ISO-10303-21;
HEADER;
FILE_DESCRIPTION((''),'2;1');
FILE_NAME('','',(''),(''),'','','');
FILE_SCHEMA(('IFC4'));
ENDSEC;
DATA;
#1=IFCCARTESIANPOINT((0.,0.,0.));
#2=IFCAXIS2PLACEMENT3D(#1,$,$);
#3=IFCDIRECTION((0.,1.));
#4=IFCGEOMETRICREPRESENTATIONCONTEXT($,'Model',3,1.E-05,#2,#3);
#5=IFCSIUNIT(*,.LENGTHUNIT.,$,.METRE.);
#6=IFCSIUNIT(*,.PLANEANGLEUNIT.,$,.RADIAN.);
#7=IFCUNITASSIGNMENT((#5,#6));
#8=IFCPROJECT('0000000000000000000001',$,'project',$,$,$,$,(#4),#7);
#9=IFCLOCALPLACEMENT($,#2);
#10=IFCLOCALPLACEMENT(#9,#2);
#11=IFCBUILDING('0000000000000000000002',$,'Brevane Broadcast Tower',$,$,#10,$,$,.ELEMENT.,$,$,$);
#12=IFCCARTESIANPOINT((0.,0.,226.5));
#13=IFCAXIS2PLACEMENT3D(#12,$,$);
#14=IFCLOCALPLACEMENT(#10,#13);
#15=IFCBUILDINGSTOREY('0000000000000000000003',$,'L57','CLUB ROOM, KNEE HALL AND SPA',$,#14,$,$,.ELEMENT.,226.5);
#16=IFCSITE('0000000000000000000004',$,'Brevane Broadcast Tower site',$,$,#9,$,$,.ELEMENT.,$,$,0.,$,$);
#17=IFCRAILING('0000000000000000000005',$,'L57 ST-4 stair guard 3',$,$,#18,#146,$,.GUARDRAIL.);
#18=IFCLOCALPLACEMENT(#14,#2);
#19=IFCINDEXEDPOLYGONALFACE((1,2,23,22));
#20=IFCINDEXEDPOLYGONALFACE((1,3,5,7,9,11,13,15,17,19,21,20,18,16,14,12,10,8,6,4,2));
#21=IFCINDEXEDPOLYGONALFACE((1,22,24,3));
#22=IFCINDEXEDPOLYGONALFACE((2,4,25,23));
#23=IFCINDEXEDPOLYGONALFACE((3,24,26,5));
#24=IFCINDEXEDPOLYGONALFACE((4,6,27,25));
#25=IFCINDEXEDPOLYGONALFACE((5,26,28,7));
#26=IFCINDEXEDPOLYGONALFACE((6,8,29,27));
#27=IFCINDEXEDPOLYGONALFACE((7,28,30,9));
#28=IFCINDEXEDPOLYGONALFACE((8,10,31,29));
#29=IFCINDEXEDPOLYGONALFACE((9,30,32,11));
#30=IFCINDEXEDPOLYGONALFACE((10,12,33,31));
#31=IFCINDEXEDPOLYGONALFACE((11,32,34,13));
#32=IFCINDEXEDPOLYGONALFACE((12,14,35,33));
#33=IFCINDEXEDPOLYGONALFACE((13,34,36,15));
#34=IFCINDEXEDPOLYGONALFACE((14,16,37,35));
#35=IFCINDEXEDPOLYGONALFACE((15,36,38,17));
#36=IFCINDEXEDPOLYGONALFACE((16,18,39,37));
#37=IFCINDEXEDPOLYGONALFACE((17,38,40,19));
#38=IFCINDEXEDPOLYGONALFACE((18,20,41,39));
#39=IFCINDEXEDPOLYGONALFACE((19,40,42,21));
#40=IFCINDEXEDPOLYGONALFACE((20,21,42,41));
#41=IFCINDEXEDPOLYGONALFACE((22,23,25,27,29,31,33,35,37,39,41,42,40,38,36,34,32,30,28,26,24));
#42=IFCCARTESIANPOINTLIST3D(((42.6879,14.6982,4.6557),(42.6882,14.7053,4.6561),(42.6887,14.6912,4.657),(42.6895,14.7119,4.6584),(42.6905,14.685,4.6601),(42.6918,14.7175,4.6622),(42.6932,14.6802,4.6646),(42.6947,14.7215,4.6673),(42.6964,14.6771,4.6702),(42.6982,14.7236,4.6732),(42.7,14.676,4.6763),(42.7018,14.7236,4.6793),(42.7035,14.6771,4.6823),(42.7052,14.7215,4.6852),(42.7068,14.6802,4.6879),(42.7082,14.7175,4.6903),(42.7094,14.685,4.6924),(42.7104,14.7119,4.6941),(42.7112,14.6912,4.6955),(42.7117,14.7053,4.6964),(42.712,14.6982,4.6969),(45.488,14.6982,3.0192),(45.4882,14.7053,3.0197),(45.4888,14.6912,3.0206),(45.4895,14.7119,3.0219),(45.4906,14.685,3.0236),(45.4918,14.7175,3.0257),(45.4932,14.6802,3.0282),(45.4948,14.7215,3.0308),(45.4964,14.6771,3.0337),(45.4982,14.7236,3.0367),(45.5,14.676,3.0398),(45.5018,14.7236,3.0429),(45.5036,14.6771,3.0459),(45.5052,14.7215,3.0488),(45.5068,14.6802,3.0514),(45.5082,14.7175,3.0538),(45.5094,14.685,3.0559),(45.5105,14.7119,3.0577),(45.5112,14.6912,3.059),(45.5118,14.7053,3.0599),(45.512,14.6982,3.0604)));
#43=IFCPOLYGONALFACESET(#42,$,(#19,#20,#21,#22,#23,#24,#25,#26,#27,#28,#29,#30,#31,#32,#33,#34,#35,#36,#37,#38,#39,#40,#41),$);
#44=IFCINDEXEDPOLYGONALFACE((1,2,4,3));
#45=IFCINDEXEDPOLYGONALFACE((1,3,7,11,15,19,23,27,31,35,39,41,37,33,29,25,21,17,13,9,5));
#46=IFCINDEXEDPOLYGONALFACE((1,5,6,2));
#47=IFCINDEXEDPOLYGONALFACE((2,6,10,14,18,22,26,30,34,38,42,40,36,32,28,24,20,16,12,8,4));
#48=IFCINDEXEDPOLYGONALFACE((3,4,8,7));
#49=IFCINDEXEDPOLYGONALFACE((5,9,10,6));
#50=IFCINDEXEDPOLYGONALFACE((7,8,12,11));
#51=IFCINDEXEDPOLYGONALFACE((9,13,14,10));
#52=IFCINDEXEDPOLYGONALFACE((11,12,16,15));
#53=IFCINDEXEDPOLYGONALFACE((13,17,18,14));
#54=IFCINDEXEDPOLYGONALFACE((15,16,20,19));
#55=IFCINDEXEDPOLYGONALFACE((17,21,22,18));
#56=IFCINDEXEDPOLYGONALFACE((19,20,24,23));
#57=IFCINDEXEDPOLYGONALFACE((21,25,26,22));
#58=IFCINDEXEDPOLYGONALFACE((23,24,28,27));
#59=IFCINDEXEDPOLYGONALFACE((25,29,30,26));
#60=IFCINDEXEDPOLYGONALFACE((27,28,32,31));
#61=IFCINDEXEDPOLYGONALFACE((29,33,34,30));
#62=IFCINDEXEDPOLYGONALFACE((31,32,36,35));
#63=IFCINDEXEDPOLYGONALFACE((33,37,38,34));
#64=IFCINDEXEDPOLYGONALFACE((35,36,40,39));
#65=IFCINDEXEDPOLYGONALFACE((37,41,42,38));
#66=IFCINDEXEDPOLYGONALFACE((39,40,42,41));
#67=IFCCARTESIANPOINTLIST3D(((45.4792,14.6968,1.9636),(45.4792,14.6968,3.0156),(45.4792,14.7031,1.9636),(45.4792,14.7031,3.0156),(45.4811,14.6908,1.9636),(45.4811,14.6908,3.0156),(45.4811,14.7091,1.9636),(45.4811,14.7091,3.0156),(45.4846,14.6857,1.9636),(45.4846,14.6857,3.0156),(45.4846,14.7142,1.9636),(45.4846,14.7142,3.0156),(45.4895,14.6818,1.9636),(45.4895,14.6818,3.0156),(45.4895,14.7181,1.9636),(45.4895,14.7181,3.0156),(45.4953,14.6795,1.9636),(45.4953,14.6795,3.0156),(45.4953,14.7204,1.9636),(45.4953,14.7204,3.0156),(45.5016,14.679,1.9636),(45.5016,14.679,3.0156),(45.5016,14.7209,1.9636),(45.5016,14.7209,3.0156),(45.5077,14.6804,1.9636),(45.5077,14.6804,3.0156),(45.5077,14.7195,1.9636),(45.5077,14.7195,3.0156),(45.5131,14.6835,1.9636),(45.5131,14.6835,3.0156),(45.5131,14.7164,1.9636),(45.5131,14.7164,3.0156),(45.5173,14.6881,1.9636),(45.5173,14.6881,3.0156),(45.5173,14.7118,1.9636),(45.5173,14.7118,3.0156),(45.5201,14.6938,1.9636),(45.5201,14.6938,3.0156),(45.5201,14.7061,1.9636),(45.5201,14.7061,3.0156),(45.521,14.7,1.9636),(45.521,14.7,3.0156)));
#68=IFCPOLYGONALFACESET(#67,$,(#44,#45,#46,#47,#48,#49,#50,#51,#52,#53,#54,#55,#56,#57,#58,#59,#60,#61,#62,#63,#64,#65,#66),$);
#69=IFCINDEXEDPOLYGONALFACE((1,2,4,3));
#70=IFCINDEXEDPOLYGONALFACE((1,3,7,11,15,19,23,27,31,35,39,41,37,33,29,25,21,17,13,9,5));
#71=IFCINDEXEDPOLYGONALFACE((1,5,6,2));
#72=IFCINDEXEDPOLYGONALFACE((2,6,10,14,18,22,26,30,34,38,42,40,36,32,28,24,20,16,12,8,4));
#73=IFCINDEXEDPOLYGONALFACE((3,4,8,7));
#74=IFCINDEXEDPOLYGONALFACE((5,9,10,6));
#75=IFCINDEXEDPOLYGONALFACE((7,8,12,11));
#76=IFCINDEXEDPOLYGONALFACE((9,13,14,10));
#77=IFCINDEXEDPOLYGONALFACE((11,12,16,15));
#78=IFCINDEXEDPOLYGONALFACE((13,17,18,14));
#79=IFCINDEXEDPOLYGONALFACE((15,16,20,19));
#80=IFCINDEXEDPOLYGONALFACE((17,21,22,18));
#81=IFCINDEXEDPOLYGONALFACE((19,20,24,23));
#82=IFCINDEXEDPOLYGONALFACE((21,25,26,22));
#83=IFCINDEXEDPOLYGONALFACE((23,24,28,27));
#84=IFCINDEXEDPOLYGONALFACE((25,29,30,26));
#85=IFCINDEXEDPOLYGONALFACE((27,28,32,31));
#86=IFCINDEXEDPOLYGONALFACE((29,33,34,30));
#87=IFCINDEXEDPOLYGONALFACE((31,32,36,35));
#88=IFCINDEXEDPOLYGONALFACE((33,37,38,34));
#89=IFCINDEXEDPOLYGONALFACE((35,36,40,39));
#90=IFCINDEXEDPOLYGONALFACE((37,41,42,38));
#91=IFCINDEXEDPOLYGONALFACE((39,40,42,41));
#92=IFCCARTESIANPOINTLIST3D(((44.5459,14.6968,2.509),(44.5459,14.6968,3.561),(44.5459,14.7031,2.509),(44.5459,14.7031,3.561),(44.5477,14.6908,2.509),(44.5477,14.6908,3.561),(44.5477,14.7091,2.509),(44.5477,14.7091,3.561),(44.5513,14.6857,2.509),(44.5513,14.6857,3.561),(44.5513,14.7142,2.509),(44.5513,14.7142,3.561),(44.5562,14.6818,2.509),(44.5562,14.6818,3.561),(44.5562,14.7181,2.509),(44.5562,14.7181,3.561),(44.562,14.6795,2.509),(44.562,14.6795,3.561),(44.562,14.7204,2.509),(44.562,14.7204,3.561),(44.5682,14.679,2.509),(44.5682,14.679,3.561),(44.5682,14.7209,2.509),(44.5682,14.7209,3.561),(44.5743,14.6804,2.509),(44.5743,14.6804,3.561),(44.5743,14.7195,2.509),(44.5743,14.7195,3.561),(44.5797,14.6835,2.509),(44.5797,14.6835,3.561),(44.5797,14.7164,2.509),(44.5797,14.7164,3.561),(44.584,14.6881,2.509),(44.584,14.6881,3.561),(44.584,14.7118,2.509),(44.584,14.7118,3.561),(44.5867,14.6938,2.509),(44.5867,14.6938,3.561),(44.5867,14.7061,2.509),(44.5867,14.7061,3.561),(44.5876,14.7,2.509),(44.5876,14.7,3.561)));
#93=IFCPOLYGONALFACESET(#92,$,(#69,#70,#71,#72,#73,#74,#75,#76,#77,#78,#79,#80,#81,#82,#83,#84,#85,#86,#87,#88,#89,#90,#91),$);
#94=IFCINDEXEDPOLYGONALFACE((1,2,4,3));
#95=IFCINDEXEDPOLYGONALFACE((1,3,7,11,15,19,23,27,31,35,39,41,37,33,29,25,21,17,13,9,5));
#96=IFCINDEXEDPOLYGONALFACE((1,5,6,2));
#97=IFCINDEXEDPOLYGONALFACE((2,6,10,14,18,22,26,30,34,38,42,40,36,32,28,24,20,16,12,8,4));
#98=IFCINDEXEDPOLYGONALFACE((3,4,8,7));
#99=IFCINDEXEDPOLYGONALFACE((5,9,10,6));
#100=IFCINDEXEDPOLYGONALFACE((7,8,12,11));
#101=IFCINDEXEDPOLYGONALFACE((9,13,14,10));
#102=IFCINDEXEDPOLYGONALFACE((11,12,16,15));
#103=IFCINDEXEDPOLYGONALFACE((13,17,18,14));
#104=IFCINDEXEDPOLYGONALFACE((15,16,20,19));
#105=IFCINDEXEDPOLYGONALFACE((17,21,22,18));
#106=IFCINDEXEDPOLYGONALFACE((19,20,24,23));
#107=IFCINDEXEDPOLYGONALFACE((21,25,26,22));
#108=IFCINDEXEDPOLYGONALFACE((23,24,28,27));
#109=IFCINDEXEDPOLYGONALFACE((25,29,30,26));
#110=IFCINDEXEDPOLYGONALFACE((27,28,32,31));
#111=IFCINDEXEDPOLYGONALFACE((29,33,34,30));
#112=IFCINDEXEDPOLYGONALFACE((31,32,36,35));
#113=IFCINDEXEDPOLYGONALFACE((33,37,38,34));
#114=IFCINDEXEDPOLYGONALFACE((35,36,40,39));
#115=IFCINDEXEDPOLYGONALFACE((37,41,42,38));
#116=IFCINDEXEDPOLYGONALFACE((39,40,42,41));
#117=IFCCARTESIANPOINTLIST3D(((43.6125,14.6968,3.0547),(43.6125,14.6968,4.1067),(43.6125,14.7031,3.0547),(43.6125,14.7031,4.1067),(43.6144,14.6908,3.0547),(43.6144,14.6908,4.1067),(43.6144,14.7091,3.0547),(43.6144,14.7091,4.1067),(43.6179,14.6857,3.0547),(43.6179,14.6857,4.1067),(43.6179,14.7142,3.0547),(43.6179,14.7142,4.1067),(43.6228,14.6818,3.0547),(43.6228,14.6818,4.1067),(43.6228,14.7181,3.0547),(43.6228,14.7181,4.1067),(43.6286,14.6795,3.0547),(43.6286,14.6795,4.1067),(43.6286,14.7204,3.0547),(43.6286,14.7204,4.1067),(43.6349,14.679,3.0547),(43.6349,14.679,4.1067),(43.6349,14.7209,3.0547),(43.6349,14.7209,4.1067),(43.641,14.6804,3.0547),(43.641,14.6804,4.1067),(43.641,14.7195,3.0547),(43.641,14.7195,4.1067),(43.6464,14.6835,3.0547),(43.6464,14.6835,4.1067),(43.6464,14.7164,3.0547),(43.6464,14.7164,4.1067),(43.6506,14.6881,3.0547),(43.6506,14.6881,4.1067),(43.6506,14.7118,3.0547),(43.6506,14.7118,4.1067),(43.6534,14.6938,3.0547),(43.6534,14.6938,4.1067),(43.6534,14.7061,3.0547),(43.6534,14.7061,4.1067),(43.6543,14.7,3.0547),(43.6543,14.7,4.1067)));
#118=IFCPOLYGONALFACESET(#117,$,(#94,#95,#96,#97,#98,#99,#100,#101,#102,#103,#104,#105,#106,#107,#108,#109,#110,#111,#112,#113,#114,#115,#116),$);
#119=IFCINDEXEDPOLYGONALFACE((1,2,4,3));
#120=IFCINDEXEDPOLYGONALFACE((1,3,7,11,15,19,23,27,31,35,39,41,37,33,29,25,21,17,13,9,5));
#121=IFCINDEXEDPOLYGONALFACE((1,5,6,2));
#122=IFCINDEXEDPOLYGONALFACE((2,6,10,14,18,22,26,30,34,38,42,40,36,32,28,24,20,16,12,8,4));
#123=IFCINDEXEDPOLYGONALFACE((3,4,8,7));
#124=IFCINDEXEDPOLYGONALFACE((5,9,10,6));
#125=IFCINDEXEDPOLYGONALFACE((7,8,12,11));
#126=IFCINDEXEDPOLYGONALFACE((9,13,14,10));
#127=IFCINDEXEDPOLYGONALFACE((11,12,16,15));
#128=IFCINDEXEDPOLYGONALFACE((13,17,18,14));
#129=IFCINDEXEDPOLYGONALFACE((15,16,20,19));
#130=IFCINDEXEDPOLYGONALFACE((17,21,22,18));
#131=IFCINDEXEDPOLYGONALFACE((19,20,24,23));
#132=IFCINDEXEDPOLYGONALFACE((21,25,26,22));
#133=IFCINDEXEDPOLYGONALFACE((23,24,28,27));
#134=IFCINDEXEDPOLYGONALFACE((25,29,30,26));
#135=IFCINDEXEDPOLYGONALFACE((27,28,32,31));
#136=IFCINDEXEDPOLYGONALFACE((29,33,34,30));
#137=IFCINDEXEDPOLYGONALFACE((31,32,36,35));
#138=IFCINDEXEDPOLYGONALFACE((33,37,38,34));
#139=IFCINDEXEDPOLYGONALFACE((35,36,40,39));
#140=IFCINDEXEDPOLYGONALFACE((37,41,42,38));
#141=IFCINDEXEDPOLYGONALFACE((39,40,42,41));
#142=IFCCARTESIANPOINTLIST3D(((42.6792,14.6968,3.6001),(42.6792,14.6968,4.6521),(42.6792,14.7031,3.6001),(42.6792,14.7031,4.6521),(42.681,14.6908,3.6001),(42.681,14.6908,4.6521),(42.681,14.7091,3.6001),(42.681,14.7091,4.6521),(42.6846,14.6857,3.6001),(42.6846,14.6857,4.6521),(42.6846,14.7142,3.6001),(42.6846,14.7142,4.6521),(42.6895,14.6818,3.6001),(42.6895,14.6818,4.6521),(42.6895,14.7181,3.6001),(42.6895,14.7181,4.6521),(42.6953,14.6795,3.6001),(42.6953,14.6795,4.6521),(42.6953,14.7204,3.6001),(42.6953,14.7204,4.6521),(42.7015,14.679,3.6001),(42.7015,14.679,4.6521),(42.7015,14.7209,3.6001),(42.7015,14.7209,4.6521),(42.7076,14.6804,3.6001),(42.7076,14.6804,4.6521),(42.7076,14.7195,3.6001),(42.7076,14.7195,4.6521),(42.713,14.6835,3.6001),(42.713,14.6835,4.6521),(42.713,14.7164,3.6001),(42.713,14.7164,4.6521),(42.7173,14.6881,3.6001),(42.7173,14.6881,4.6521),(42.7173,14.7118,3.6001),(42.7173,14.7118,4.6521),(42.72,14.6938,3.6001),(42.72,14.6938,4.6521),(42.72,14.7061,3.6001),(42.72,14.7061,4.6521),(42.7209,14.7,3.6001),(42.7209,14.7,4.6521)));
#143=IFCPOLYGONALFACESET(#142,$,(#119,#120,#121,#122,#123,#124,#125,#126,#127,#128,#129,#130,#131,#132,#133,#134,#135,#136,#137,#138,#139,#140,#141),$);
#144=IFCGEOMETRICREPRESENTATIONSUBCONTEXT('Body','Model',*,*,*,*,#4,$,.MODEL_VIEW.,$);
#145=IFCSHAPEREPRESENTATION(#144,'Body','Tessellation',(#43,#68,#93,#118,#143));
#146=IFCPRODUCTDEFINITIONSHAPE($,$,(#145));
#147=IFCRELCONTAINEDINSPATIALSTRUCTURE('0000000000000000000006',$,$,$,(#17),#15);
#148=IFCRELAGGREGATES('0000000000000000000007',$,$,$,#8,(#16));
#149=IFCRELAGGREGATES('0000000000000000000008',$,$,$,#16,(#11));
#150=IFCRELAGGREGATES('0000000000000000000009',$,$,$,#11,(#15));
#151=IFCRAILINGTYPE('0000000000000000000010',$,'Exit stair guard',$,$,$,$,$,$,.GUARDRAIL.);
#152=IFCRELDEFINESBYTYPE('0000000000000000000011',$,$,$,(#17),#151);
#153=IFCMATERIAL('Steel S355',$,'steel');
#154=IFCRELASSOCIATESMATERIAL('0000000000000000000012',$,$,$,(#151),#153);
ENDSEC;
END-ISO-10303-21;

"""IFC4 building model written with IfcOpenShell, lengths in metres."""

from ifc_helpers import new_model, si_unit, direction, frame, origin, origin_2d, place, context, subcontext, project, spatial, circle, extrude, material, type_object, element, save


model = new_model("IFC4")

# Units and contexts
model_context = context("Model", 3, precision=1e-05, world=origin(), true_north=direction((0.0, 1.0)))
body_context = subcontext(model_context, "Body", "Model", "MODEL_VIEW")
ifc_project = project(units=[si_unit("LENGTHUNIT", "METRE"), si_unit("PLANEANGLEUNIT", "RADIAN")], contexts=[model_context])

# Site, building, storey
site_placement = place(None, origin())
site = spatial("IfcSite", under=ifc_project, at=site_placement, Name="Brevane Broadcast Tower site", CompositionType="ELEMENT", RefElevation=0.0)
building_placement = place(site_placement, origin())
building = spatial("IfcBuilding", under=site, at=building_placement, Name="Brevane Broadcast Tower", CompositionType="ELEMENT")
storey_placement = place(building_placement, frame((0.0, 0.0, 226.5)))
storey = spatial("IfcBuildingStorey", under=building, at=storey_placement, Name="L57", Description="CLUB ROOM, KNEE HALL AND SPA", CompositionType="ELEMENT", Elevation=226.5)

# Railing
ifc_material_1 = material(Name="Steel S355", Category="steel")
railing_type_1 = type_object("IfcRailingType", Name="Exit stair guard", PredefinedType="GUARDRAIL", material=ifc_material_1)
railing_1_placement = place(storey_placement, frame((45.5, 14.7, 1.9636)))
element("IfcRailing", 1, at=railing_1_placement, inside=storey, type_object=railing_type_1, Name="L57 ST-4 stair guard 3", PredefinedType="GUARDRAIL", context=body_context, shape_type="SweptSolid", body=[
    extrude(circle(Radius=0.0239, at=origin_2d()), frame((0.0, 0.0, 1.0762), z_axis=(-0.863361, 0.0, 0.504587), x_axis=(0.0, -1.0, 0.0)), (0.0, 0.0, 1.0), 3.2432),
    extrude(circle(Radius=0.021, at=origin_2d()), origin(), (0.0, 0.0, 1.0), 1.052),
    extrude(circle(Radius=0.021, at=origin_2d()), frame((-0.9333, 0.0, 0.5454)), (0.0, 0.0, 1.0), 1.052),
    extrude(circle(Radius=0.021, at=origin_2d()), frame((-1.8667, 0.0, 1.0911)), (0.0, 0.0, 1.0), 1.052),
    extrude(circle(Radius=0.021, at=origin_2d()), frame((-2.8, 0.0, 1.6365)), (0.0, 0.0, 1.0), 1.052),
])

save(model, "model.ifc")
